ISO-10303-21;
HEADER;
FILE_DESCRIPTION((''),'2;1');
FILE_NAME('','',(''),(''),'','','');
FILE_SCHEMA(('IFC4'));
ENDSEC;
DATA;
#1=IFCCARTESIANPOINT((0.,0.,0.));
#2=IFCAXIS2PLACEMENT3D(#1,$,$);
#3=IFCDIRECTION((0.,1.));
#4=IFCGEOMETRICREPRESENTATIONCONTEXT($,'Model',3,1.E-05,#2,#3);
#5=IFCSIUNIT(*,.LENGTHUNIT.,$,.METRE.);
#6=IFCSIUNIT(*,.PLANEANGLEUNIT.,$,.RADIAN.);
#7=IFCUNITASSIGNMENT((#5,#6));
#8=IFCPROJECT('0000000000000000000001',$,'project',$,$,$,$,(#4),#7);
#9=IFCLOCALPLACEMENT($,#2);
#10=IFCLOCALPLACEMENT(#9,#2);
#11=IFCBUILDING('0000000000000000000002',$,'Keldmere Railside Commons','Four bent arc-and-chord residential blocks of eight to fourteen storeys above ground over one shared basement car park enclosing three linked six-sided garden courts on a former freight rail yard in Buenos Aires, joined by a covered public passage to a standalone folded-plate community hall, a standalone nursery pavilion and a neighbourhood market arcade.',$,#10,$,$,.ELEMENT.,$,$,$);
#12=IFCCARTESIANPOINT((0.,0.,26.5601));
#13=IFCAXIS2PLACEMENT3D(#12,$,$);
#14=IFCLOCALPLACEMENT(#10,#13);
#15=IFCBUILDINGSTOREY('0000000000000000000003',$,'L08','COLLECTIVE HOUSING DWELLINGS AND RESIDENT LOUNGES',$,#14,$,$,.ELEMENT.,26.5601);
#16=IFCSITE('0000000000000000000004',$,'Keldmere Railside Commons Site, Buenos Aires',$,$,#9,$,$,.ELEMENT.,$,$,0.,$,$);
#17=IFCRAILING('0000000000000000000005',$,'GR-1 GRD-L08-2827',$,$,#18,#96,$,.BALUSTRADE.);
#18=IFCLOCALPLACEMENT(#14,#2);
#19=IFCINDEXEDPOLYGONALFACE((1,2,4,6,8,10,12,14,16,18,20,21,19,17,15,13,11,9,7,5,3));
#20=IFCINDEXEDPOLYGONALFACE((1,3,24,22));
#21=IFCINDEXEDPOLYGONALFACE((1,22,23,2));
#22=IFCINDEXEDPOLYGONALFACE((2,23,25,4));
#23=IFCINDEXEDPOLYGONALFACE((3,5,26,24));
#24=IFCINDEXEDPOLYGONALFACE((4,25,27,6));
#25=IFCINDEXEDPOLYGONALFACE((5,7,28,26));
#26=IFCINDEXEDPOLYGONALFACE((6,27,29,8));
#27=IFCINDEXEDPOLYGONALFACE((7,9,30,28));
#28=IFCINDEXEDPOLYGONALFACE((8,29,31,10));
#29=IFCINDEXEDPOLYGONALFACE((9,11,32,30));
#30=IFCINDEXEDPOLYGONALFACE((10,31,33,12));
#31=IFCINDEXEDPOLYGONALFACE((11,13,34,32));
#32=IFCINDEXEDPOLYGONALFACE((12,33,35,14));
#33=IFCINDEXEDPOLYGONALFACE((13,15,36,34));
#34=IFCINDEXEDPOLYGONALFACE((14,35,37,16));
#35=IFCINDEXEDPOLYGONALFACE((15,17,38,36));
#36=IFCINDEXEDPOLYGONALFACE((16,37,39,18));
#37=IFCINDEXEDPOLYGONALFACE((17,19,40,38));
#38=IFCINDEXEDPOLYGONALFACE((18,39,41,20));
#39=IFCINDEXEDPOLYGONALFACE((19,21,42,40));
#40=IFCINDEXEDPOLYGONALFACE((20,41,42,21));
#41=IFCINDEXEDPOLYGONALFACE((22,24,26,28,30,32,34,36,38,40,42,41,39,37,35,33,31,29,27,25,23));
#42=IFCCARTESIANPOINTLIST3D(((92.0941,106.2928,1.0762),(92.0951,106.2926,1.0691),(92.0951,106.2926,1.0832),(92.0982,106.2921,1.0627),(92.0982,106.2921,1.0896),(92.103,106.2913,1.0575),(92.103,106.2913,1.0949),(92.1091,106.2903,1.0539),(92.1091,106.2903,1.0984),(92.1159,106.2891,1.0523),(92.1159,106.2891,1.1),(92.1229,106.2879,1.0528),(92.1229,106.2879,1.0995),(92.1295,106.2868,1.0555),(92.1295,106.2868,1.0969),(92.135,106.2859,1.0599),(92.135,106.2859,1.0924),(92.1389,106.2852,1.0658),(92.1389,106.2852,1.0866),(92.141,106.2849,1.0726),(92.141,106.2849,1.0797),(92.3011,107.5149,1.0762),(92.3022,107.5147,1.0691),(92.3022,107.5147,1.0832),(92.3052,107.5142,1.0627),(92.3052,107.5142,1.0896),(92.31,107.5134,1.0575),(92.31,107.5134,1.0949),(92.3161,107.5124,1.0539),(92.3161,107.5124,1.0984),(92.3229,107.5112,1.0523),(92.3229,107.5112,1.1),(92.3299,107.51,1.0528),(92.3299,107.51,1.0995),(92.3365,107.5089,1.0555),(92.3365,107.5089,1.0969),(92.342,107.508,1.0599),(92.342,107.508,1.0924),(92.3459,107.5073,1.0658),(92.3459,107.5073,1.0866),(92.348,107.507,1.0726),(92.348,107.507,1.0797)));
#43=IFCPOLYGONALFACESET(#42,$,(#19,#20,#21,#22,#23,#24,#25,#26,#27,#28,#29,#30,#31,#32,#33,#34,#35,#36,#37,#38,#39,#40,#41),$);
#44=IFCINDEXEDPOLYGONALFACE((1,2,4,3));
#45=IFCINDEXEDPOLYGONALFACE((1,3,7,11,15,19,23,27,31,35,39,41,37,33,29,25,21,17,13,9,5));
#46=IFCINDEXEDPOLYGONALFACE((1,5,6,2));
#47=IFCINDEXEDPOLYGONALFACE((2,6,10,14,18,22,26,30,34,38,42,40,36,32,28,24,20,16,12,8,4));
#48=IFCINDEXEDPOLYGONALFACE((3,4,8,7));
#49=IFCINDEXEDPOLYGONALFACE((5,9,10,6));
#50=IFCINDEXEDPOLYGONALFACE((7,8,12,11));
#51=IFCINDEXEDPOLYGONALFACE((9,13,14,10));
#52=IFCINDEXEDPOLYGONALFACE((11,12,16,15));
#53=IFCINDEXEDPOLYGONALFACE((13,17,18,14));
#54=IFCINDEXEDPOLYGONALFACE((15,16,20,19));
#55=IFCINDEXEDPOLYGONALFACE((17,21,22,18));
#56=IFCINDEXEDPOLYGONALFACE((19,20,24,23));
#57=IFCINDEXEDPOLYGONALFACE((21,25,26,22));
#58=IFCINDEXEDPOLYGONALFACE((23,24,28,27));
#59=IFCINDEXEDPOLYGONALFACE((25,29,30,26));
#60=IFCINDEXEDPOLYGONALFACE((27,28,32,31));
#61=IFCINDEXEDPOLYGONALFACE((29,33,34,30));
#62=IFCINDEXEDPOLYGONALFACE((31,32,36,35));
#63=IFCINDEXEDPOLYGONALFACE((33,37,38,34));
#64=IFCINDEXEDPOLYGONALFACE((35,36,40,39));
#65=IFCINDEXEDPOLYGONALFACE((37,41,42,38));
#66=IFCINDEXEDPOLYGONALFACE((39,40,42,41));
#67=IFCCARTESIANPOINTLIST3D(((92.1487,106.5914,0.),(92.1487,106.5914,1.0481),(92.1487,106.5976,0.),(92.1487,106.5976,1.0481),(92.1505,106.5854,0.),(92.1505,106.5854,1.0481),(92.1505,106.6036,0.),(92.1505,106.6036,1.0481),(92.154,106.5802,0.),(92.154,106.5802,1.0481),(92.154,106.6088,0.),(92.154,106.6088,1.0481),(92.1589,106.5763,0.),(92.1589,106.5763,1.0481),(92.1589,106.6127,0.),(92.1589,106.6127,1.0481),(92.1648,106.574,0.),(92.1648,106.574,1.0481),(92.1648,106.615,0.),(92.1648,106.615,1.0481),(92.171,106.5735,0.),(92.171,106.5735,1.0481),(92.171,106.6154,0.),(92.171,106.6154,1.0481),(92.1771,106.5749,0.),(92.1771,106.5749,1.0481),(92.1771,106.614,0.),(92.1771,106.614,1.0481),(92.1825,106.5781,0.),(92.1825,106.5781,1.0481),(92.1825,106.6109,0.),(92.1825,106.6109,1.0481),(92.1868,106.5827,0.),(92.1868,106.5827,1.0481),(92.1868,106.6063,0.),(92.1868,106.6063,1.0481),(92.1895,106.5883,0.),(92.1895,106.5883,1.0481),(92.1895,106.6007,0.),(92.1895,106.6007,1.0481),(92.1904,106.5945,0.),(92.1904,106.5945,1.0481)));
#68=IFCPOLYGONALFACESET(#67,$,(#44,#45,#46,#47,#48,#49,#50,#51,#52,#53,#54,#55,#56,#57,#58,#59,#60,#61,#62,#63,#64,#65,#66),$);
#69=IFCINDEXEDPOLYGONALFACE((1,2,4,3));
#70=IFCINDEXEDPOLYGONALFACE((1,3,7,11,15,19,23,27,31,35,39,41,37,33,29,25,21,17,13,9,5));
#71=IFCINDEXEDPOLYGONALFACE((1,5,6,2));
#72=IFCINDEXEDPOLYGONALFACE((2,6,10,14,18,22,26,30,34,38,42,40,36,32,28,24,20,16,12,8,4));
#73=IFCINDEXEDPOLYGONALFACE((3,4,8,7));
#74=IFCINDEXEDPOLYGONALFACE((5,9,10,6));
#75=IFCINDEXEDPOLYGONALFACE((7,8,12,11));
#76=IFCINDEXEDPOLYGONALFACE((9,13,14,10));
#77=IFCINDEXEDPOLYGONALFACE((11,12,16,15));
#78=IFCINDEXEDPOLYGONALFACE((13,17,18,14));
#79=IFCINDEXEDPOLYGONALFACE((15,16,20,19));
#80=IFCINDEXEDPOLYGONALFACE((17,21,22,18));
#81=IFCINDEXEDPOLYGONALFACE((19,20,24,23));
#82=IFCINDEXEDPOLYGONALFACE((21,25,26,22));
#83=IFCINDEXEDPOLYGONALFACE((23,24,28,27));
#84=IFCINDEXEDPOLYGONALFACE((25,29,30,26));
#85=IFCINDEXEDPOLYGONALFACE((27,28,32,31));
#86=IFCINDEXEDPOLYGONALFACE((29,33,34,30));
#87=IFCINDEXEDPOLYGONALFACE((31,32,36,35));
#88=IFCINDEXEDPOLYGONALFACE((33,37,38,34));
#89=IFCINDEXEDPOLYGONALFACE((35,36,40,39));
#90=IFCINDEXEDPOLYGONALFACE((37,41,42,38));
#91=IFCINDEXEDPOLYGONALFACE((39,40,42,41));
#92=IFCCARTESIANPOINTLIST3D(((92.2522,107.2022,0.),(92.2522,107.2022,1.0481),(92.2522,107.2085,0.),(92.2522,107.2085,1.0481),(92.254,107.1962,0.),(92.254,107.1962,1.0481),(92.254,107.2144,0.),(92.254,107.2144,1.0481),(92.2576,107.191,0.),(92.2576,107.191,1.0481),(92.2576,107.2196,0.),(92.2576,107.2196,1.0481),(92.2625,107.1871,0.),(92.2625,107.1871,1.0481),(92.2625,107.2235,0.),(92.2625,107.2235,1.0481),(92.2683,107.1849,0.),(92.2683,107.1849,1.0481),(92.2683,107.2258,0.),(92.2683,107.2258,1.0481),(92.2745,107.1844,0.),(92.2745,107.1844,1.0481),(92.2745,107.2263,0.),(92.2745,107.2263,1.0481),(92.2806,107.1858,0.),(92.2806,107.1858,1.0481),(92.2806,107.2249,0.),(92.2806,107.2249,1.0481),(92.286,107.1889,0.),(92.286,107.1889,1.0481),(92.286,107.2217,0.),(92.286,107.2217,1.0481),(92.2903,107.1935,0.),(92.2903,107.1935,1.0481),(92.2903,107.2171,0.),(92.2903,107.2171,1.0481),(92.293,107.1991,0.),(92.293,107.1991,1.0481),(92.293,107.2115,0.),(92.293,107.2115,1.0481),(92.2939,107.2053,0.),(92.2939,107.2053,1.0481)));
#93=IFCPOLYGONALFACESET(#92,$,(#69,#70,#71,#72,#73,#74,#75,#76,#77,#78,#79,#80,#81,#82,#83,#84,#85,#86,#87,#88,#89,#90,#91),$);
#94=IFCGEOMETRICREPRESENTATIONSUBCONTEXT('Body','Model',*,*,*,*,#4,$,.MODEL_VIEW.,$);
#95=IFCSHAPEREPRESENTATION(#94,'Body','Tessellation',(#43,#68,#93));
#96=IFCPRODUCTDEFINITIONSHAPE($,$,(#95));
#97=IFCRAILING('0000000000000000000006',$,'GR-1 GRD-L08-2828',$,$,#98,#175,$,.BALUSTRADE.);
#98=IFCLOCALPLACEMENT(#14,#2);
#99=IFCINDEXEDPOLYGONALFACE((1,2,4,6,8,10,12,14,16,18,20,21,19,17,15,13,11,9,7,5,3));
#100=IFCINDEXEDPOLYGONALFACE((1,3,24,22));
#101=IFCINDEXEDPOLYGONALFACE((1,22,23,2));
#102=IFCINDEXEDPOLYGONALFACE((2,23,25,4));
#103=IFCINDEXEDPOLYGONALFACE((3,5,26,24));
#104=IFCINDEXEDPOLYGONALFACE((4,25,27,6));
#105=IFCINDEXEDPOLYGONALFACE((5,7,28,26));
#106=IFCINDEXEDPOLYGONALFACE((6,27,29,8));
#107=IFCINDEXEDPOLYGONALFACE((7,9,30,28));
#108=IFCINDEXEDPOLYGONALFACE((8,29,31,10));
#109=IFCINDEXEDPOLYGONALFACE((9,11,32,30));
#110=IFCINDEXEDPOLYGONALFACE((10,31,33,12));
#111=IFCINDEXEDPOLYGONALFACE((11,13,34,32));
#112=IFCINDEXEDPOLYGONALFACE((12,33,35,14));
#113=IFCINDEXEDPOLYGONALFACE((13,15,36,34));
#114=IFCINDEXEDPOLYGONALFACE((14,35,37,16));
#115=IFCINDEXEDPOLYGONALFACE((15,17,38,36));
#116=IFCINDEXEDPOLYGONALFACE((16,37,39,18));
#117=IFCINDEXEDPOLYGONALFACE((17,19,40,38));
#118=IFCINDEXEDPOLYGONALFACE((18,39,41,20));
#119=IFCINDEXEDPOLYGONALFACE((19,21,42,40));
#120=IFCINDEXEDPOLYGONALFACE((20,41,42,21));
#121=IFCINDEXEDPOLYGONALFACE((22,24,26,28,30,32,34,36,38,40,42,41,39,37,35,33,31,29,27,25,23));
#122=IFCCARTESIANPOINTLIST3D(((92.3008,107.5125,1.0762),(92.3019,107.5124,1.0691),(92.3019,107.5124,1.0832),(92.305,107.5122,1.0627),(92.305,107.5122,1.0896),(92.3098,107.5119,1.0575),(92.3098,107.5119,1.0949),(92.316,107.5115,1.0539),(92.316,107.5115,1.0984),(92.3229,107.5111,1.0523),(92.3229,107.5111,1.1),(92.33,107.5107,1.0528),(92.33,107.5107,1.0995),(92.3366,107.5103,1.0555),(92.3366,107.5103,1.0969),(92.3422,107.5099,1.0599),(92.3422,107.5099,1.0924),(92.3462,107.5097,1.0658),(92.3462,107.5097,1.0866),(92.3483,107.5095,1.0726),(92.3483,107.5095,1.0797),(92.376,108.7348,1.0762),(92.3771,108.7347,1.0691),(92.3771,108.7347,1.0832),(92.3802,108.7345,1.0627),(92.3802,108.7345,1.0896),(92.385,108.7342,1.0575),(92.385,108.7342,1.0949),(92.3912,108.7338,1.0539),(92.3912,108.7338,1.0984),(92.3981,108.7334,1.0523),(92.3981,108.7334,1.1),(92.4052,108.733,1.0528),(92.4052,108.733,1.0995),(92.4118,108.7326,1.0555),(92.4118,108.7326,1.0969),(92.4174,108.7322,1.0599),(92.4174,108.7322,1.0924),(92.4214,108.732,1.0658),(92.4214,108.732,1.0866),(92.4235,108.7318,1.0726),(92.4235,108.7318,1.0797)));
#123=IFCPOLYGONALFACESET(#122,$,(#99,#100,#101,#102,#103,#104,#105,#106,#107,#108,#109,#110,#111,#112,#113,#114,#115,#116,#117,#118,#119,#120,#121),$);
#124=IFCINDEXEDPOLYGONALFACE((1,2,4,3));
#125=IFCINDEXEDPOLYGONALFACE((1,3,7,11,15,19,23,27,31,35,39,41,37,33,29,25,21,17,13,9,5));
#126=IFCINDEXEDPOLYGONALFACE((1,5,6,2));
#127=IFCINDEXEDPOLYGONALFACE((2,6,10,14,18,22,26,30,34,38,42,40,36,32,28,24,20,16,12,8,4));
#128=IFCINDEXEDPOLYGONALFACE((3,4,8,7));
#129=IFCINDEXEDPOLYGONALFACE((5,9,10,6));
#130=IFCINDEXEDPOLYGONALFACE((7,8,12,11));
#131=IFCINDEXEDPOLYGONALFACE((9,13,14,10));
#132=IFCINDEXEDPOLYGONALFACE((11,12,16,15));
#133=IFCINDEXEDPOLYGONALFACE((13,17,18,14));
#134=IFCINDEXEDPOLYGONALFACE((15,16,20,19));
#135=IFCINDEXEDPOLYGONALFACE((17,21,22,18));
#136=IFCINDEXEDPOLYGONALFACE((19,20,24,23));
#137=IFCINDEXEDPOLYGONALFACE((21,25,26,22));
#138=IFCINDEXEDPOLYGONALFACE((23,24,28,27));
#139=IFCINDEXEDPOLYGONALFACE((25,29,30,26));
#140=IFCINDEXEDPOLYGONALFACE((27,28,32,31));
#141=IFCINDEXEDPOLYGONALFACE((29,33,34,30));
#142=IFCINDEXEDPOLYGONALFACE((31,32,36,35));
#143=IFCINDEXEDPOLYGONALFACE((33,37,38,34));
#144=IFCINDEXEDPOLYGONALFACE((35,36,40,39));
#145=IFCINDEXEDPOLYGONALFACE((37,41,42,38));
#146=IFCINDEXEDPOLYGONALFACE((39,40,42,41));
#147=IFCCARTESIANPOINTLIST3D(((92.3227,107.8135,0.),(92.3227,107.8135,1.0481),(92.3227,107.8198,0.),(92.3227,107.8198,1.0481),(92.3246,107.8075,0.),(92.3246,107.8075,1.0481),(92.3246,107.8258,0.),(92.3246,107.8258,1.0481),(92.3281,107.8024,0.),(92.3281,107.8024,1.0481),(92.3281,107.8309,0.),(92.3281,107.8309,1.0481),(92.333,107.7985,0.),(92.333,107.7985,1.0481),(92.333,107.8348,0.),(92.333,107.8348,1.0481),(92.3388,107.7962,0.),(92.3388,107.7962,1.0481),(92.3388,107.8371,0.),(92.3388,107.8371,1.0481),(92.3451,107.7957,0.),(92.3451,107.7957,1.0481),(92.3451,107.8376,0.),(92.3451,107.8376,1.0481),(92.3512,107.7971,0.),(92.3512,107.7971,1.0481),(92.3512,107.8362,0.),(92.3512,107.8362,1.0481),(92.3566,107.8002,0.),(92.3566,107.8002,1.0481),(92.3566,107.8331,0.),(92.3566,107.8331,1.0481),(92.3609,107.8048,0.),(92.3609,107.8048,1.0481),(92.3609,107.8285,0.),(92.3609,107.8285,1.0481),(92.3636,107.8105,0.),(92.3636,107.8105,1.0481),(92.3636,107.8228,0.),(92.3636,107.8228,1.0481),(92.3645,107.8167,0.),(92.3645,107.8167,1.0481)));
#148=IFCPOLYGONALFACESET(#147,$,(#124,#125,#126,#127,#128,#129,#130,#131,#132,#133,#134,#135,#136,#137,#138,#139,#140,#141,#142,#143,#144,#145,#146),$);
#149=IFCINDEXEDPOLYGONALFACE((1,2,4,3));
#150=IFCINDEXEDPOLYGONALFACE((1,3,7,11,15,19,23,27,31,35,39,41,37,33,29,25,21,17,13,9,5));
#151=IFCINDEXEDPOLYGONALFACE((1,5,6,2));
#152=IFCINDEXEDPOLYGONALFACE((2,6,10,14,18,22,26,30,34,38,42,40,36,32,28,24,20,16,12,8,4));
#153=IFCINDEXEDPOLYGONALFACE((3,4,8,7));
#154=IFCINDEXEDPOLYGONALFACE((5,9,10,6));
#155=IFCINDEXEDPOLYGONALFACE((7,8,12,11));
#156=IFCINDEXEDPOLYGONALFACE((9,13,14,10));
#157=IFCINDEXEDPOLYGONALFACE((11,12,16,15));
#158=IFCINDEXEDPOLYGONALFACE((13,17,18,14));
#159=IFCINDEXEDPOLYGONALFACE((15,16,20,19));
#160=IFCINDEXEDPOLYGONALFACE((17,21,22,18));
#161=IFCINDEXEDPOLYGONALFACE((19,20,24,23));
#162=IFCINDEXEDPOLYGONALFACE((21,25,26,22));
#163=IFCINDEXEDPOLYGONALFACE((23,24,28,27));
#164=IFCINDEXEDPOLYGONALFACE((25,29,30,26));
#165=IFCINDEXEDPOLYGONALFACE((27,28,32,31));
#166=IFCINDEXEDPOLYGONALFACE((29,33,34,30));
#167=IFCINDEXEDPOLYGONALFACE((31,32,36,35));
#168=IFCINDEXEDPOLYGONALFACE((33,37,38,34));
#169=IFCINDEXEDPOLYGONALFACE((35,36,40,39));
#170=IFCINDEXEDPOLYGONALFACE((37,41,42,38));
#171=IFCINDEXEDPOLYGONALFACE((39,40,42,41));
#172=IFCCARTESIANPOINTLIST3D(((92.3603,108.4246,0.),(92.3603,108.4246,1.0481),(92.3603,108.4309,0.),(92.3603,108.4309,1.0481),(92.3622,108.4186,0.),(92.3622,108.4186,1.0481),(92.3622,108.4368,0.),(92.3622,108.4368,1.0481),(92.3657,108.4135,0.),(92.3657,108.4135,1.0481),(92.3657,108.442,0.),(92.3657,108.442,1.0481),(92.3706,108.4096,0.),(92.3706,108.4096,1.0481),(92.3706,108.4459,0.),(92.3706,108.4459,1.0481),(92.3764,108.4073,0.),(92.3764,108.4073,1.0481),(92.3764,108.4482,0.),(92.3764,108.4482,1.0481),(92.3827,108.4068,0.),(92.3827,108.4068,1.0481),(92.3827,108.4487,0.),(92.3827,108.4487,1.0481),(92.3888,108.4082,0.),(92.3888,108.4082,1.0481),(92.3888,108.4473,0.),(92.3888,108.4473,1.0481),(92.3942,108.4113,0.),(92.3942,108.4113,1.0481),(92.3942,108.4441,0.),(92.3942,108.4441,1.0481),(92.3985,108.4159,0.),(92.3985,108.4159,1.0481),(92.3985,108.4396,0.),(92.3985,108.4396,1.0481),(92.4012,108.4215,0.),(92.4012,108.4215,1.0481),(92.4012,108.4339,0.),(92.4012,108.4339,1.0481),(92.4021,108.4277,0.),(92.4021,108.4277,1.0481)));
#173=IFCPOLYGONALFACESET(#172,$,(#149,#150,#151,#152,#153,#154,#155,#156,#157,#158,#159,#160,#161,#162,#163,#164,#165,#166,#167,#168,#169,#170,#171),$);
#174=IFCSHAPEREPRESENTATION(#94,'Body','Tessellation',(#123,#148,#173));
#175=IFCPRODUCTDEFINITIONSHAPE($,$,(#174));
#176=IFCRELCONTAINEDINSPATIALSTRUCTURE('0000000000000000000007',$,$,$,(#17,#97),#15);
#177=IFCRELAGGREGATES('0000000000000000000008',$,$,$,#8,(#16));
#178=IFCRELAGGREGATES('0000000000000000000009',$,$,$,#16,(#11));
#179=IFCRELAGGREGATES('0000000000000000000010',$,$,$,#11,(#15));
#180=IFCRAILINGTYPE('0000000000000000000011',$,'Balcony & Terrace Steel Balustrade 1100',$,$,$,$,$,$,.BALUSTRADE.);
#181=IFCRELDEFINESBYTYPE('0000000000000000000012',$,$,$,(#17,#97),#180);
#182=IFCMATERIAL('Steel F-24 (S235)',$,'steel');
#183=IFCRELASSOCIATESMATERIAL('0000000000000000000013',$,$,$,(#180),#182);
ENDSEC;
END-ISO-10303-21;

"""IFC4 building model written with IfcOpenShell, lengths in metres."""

from ifc_helpers import new_model, si_unit, direction, frame, origin, origin_2d, place, context, subcontext, project, spatial, circle, extrude, material, type_object, element, save


model = new_model("IFC4")

# Units and contexts
model_context = context("Model", 3, precision=1e-05, world=origin(), true_north=direction((0.0, 1.0)))
body_context = subcontext(model_context, "Body", "Model", "MODEL_VIEW")
ifc_project = project(units=[si_unit("LENGTHUNIT", "METRE"), si_unit("PLANEANGLEUNIT", "RADIAN")], contexts=[model_context])

# Site, building, storey
site_placement = place(None, origin())
site = spatial("IfcSite", under=ifc_project, at=site_placement, Name="Keldmere Railside Commons Site, Buenos Aires", CompositionType="ELEMENT", RefElevation=0.0)
building_placement = place(site_placement, origin())
building = spatial("IfcBuilding", under=site, at=building_placement, Name="Keldmere Railside Commons", Description="Four bent arc-and-chord residential blocks of eight to fourteen storeys above ground over one shared basement car park enclosing three linked six-sided garden courts on a former freight rail yard in Buenos Aires, joined by a covered public passage to a standalone folded-plate community hall, a standalone nursery pavilion and a neighbourhood market arcade.", CompositionType="ELEMENT")
storey_placement = place(building_placement, frame((0.0, 0.0, 26.5601)))
storey = spatial("IfcBuildingStorey", under=building, at=storey_placement, Name="L08", Description="COLLECTIVE HOUSING DWELLINGS AND RESIDENT LOUNGES", CompositionType="ELEMENT", Elevation=26.5601)

# Railings
ifc_material_1 = material(Name="Steel F-24 (S235)", Category="steel")
railing_type = type_object("IfcRailingType", Name="Balcony & Terrace Steel Balustrade 1100", PredefinedType="BALUSTRADE", material=ifc_material_1)
railing_1_placement = place(storey_placement, frame((92.1177, 106.2888, 0.0)))
element("IfcRailing", 1, at=railing_1_placement, inside=storey, type_object=railing_type, Name="GR-1 GRD-L08-2827", PredefinedType="BALUSTRADE", context=body_context, shape_type="SweptSolid", body=[
    extrude(circle(Radius=0.0239, at=origin_2d()), frame((0.0, 0.0, 1.0762), z_axis=(0.167017, 0.985954, 0.0), x_axis=(-0.985954, 0.167017, 0.0)), (0.0, 0.0, 1.0), 1.2395),
    extrude(circle(Radius=0.021, at=origin_2d()), frame((0.0518, 0.3057, 0.0)), (0.0, 0.0, 1.0), 1.0481),
    extrude(circle(Radius=0.021, at=origin_2d()), frame((0.1553, 0.9165, 0.0)), (0.0, 0.0, 1.0), 1.0481),
])
railing_2_placement = place(storey_placement, frame((92.3247, 107.511, 0.0)))
element("IfcRailing", 2, at=railing_2_placement, inside=storey, type_object=railing_type, Name="GR-1 GRD-L08-2828", PredefinedType="BALUSTRADE", context=body_context, shape_type="SweptSolid", body=[
    extrude(circle(Radius=0.0239, at=origin_2d()), frame((0.0, 0.0, 1.0762), z_axis=(0.061398, 0.998113, 0.0), x_axis=(-0.998113, 0.061398, 0.0)), (0.0, 0.0, 1.0), 1.2246),
    extrude(circle(Radius=0.021, at=origin_2d()), frame((0.0188, 0.3057, 0.0)), (0.0, 0.0, 1.0), 1.0481),
    extrude(circle(Radius=0.021, at=origin_2d()), frame((0.0564, 0.9167, 0.0)), (0.0, 0.0, 1.0), 1.0481),
])

save(model, "model.ifc")
